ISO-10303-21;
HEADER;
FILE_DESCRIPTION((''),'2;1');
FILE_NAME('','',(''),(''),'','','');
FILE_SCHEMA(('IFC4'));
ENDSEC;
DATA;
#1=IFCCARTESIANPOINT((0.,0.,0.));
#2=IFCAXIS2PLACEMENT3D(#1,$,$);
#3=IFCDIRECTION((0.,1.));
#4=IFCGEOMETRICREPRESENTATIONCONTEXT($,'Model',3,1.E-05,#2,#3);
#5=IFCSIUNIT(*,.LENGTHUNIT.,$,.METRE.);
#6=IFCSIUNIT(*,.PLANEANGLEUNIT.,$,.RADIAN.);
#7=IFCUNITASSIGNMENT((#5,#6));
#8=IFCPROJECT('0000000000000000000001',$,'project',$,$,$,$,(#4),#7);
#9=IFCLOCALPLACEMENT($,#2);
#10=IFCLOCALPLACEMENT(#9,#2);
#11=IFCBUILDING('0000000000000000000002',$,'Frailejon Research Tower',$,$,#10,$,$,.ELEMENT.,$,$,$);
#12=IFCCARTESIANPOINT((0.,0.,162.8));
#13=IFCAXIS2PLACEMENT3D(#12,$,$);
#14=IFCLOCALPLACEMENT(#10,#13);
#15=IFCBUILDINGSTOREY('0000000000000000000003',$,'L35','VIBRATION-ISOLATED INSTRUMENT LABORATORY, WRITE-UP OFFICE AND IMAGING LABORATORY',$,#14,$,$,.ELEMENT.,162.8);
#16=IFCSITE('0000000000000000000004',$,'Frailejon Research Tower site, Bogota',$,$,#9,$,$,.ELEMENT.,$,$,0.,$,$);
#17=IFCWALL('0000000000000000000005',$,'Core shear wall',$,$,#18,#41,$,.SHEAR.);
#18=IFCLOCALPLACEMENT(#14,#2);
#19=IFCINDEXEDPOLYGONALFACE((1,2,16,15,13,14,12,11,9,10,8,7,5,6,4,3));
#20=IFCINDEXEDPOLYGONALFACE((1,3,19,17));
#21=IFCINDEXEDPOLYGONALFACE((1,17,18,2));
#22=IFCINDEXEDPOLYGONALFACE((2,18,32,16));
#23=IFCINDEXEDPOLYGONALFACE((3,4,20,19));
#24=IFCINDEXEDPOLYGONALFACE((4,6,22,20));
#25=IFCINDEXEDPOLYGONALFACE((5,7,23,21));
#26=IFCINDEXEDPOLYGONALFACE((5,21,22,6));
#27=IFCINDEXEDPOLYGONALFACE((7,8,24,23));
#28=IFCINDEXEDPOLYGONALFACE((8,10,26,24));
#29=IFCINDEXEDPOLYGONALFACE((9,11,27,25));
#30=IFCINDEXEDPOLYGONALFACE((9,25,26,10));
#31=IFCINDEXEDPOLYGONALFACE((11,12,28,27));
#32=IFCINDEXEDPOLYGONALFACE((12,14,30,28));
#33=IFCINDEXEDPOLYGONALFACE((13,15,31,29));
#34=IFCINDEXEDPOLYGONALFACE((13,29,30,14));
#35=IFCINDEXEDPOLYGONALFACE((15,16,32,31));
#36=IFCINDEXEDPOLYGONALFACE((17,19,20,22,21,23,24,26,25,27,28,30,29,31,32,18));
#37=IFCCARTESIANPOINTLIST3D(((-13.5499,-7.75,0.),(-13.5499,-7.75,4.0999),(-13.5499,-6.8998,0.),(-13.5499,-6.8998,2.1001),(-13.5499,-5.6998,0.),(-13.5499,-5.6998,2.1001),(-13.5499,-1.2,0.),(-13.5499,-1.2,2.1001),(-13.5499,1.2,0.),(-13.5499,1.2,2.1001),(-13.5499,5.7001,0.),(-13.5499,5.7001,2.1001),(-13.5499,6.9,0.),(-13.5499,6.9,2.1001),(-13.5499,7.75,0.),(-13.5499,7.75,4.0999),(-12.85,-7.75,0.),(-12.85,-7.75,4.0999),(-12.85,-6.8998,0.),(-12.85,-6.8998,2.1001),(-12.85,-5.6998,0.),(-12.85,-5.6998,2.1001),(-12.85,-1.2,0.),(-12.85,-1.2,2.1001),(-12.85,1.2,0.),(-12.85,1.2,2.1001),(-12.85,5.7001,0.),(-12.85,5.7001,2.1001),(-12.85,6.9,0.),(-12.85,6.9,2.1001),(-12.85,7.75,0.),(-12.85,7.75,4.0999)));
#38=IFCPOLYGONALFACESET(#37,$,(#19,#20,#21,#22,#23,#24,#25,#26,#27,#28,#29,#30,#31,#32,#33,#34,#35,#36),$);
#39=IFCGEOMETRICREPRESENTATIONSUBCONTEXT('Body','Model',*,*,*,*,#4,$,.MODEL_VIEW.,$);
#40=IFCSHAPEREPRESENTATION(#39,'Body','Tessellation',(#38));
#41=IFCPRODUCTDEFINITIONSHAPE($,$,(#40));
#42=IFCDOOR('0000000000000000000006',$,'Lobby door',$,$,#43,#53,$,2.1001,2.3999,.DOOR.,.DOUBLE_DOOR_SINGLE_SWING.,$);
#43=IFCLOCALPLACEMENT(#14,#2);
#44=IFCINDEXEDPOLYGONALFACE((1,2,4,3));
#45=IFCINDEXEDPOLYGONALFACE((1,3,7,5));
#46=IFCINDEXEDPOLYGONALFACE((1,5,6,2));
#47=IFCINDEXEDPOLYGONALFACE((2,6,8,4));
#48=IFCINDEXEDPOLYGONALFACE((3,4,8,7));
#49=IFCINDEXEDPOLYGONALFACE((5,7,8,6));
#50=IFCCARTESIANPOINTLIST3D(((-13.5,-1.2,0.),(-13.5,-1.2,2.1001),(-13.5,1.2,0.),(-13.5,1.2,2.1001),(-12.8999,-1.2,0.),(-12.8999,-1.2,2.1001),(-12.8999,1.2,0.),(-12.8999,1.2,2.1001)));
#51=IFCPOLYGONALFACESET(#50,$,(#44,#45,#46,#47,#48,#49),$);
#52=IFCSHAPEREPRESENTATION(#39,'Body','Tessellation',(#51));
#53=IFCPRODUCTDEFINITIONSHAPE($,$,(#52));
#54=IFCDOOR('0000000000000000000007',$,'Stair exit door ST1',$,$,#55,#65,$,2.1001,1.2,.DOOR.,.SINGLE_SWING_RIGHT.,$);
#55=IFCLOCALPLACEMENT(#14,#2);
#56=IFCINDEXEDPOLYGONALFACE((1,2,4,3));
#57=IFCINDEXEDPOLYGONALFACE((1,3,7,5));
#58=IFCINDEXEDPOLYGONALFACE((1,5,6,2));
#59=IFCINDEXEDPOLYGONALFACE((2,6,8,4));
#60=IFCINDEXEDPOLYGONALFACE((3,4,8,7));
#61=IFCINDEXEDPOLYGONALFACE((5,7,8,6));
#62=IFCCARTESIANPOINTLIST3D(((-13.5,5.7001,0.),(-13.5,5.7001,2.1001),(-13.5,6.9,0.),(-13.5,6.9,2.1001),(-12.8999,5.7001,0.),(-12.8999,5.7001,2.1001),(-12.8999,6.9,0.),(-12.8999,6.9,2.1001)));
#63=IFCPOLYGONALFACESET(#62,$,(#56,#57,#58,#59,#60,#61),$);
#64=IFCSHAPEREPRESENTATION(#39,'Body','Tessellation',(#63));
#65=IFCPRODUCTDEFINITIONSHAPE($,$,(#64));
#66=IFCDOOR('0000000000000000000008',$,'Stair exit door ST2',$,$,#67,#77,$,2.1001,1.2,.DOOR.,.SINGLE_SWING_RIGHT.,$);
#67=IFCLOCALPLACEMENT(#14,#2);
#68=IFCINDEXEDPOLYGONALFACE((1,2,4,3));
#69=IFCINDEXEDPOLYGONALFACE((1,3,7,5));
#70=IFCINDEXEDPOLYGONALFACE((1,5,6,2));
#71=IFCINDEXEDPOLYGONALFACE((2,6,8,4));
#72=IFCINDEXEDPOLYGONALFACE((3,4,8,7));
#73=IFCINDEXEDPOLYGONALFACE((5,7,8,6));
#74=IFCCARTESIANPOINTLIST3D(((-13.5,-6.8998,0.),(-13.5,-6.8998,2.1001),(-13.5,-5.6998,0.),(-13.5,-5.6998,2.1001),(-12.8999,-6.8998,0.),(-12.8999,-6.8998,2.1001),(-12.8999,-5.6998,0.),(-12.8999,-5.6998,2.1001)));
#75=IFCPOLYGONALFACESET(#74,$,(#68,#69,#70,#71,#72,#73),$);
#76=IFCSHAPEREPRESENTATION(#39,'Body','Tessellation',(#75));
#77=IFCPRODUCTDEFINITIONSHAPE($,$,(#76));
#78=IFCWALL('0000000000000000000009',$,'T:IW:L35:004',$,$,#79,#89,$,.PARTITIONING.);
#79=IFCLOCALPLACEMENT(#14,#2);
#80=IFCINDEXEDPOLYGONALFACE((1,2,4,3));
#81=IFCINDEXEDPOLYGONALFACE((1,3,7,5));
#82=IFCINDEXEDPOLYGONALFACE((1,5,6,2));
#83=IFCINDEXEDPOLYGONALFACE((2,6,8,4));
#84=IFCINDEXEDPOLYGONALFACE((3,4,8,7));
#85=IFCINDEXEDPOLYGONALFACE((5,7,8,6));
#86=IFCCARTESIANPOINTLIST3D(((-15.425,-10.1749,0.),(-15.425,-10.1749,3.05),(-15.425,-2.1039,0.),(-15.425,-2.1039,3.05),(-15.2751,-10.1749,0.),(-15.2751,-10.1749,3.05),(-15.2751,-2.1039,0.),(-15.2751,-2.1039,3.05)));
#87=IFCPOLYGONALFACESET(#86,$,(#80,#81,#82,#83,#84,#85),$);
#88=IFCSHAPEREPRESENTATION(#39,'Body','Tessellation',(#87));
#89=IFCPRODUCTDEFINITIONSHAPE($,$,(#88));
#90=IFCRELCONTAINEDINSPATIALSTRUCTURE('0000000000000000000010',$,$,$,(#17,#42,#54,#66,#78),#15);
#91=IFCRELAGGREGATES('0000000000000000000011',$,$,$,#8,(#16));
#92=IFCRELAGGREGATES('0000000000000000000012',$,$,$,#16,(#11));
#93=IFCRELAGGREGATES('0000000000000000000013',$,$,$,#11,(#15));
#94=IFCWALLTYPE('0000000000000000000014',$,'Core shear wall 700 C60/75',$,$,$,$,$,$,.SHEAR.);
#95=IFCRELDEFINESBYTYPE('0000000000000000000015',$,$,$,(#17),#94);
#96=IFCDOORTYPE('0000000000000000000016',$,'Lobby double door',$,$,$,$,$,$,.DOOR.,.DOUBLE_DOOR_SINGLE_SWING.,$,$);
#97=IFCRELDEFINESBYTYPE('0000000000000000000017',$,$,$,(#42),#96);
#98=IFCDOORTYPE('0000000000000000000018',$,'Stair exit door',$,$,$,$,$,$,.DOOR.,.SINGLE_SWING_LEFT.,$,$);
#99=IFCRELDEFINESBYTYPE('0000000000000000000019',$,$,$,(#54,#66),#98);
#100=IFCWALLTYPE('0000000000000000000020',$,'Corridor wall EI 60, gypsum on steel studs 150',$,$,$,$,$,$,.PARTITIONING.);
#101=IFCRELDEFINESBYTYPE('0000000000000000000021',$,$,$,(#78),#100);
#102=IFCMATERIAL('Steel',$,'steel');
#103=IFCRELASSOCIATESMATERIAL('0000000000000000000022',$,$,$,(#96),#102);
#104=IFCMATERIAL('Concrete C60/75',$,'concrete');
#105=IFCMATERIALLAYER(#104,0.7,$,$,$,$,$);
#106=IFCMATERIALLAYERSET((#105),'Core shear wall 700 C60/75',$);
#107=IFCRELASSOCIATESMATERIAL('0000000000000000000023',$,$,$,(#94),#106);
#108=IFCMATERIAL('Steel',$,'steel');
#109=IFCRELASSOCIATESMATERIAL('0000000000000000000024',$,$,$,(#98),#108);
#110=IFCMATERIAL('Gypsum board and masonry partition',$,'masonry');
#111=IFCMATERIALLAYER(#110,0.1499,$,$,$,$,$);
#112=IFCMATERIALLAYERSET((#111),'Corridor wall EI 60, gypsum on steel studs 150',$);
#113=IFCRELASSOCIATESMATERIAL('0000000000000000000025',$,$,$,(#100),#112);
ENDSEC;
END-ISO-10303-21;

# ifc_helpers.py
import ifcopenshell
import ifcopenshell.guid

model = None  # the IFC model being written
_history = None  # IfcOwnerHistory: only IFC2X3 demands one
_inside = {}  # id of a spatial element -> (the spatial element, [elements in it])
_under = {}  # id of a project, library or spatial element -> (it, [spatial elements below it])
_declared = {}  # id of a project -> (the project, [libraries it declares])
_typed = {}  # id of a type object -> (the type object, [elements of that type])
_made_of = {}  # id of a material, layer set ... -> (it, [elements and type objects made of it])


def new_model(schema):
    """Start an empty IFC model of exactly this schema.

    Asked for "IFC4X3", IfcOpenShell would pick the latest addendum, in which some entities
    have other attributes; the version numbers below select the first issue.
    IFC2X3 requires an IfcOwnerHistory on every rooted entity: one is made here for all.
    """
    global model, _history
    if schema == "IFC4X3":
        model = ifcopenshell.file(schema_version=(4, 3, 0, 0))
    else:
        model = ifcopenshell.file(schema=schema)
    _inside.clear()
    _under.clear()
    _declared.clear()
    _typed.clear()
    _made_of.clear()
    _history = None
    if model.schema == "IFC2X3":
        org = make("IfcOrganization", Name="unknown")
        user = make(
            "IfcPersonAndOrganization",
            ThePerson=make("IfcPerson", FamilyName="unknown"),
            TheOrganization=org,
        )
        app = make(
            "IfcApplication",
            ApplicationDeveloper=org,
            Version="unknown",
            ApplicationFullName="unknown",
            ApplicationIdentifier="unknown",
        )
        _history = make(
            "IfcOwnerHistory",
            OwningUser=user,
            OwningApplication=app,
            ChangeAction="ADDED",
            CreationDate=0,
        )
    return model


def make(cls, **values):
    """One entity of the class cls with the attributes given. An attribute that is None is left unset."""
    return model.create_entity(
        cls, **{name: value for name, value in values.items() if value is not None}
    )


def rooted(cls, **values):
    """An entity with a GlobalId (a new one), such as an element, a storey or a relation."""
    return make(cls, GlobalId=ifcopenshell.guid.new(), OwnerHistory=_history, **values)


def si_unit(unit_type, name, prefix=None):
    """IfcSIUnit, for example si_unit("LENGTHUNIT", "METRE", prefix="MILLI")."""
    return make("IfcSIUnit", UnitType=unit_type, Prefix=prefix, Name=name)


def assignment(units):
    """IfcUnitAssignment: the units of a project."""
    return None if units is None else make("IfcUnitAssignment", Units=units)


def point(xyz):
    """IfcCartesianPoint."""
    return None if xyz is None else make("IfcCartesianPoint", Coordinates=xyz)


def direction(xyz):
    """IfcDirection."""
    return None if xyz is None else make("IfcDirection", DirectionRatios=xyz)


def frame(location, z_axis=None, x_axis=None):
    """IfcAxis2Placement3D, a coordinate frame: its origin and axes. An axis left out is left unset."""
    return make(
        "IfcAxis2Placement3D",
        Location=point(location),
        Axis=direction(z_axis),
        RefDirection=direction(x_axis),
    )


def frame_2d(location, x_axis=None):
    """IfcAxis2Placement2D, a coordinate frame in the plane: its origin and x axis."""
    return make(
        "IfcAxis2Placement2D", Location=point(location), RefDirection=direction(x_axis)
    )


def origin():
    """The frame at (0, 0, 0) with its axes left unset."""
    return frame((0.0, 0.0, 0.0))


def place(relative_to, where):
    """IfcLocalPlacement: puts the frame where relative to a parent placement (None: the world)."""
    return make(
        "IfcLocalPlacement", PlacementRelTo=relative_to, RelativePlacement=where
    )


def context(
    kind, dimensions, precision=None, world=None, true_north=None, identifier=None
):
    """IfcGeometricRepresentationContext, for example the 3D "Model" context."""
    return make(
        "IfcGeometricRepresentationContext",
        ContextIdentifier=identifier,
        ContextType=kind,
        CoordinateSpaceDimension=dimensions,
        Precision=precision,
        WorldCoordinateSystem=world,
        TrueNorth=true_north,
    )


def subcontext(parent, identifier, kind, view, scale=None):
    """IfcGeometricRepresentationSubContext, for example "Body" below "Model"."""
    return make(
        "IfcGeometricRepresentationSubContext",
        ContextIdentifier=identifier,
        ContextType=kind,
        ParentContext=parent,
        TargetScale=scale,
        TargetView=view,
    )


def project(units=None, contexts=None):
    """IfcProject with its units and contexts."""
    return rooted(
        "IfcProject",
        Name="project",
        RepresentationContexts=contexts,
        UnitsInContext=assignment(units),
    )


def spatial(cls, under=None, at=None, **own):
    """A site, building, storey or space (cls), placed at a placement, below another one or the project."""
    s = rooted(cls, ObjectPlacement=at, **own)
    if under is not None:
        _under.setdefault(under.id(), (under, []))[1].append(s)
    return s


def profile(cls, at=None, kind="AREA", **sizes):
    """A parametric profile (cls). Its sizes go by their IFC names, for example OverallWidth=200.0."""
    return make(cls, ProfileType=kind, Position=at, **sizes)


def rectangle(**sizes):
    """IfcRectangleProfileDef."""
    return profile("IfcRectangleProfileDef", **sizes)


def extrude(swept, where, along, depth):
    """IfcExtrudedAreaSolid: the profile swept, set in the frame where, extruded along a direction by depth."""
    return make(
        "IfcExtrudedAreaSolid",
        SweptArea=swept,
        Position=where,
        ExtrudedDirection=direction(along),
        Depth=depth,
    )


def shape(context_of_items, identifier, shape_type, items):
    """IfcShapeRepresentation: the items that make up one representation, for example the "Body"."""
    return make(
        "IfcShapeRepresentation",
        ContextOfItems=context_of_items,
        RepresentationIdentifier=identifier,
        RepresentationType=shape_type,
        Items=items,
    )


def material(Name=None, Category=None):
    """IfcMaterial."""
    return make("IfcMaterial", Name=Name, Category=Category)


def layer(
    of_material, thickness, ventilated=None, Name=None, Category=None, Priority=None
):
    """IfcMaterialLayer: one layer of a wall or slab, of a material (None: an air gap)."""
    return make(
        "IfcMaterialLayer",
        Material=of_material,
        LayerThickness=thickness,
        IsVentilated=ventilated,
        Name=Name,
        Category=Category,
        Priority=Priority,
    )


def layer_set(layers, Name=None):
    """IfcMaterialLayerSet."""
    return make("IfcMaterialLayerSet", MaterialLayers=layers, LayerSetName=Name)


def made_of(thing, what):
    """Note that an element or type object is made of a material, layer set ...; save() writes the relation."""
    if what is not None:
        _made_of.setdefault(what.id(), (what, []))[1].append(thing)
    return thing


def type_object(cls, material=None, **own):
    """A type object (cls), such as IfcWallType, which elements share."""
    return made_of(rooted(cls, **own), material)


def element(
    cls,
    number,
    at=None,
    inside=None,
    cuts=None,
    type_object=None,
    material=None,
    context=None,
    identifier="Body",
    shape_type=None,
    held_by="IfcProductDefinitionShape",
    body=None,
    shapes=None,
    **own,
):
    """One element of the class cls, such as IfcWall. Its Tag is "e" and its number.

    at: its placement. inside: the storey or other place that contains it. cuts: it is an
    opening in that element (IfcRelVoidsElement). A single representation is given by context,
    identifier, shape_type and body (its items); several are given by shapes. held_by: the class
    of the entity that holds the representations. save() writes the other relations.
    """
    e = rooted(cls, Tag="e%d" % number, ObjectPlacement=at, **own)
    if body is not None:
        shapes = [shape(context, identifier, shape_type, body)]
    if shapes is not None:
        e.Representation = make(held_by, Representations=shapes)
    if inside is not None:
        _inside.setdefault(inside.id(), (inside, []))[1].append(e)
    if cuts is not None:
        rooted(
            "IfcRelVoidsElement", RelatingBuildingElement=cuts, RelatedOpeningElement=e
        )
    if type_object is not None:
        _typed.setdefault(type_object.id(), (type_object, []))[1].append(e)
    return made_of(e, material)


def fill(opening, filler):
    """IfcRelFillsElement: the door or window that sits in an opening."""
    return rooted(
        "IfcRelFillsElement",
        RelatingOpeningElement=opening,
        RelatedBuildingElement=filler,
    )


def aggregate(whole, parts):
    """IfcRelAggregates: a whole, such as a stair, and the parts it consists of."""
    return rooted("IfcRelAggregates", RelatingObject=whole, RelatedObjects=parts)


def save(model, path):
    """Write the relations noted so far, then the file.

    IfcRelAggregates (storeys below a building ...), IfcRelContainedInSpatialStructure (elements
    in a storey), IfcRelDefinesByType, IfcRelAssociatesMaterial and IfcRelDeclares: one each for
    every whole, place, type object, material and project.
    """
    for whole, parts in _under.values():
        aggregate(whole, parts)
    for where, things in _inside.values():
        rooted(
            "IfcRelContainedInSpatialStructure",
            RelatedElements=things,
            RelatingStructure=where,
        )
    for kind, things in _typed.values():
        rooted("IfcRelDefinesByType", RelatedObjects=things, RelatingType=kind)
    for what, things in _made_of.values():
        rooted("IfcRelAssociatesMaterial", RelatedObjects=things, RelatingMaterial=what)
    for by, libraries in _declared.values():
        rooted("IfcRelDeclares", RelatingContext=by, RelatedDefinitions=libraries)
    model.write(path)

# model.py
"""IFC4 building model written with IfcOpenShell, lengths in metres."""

from ifc_helpers import new_model, si_unit, direction, frame, frame_2d, origin, place, context, subcontext, project, spatial, rectangle, extrude, material, layer, layer_set, type_object, element, fill, save


model = new_model("IFC4")

# Units and contexts
model_context = context("Model", 3, precision=1e-05, world=origin(), true_north=direction((0.0, 1.0)))
body_context = subcontext(model_context, "Body", "Model", "MODEL_VIEW")
ifc_project = project(units=[si_unit("LENGTHUNIT", "METRE"), si_unit("PLANEANGLEUNIT", "RADIAN")], contexts=[model_context])

# Site, building, storey
site_placement = place(None, origin())
site = spatial("IfcSite", under=ifc_project, at=site_placement, Name="Frailejon Research Tower site, Bogota", CompositionType="ELEMENT", RefElevation=0.0)
building_placement = place(site_placement, origin())
building = spatial("IfcBuilding", under=site, at=building_placement, Name="Frailejon Research Tower", CompositionType="ELEMENT")
storey_placement = place(building_placement, frame((0.0, 0.0, 162.8)))
storey = spatial("IfcBuildingStorey", under=building, at=storey_placement, Name="L35", Description="VIBRATION-ISOLATED INSTRUMENT LABORATORY, WRITE-UP OFFICE AND IMAGING LABORATORY", CompositionType="ELEMENT", Elevation=162.8)

# Shared definitions
ifc_material_1 = material(Name="Steel", Category="steel")
door_type_1 = type_object("IfcDoorType", Name="Lobby double door", OperationType="DOUBLE_DOOR_SINGLE_SWING", PredefinedType="DOOR", material=ifc_material_1)

# Shared definitions
ifc_material_2 = material(Name="Concrete C60/75", Category="concrete")
ifc_layer_1 = layer(ifc_material_2, 0.7)
ifc_layer_set_1 = layer_set([ifc_layer_1], Name="Core shear wall 700 C60/75")
wall_type_1 = type_object("IfcWallType", Name="Core shear wall 700 C60/75", PredefinedType="SHEAR", material=ifc_layer_set_1)

# Wall, openings, doors
wall_1_placement = place(storey_placement, frame((-13.2, -7.75, 0.0), z_axis=(0.0, 0.0, 1.0), x_axis=(0.0, 1.0, 0.0)))
wall_1 = element("IfcWall", 1, at=wall_1_placement, inside=storey, type_object=wall_type_1, Name="Core shear wall", PredefinedType="SHEAR", context=body_context, shape_type="SweptSolid", body=[
    extrude(rectangle(XDim=15.5, YDim=0.7, at=frame_2d((7.75, 0.0))), origin(), (0.0, 0.0, 1.0), 4.0999),
])
opening_1_placement = place(wall_1_placement, frame((6.55, 0.0, 0.0)))
opening_1 = element("IfcOpeningElement", 2, at=opening_1_placement, cuts=wall_1, PredefinedType="OPENING", context=body_context, shape_type="SweptSolid", body=[
    extrude(rectangle(XDim=2.3999, YDim=2.1001, at=frame_2d((1.2, 1.05))), frame((0.0, 0.3599, 0.0), z_axis=(0.0, -1.0, 0.0), x_axis=(1.0, 0.0, 0.0)), (0.0, 0.0, 1.0), 0.72),
])
opening_2_placement = place(wall_1_placement, frame((13.45, 0.0, 0.0)))
opening_2 = element("IfcOpeningElement", 3, at=opening_2_placement, cuts=wall_1, PredefinedType="OPENING", context=body_context, shape_type="SweptSolid", body=[
    extrude(rectangle(XDim=1.2, YDim=2.1001, at=frame_2d((0.6001, 1.05))), frame((0.0, 0.3599, 0.0), z_axis=(0.0, -1.0, 0.0), x_axis=(1.0, 0.0, 0.0)), (0.0, 0.0, 1.0), 0.72),
])
opening_3_placement = place(wall_1_placement, frame((0.8501, 0.0, 0.0)))
opening_3 = element("IfcOpeningElement", 4, at=opening_3_placement, cuts=wall_1, PredefinedType="OPENING", context=body_context, shape_type="SweptSolid", body=[
    extrude(rectangle(XDim=1.2, YDim=2.1001, at=frame_2d((0.6001, 1.05))), frame((0.0, 0.3599, 0.0), z_axis=(0.0, -1.0, 0.0), x_axis=(1.0, 0.0, 0.0)), (0.0, 0.0, 1.0), 0.72),
])
door_1_placement = place(opening_1_placement, origin())
door_1 = element("IfcDoor", 5, at=door_1_placement, inside=storey, type_object=door_type_1, Name="Lobby door", OperationType="DOUBLE_DOOR_SINGLE_SWING", OverallHeight=2.1001, OverallWidth=2.3999, PredefinedType="DOOR", context=body_context, shape_type="SweptSolid", body=[
    extrude(rectangle(XDim=2.3999, YDim=2.1001, at=frame_2d((1.2, 1.05))), frame((0.0, 0.3, 0.0), z_axis=(0.0, -1.0, 0.0), x_axis=(1.0, 0.0, 0.0)), (0.0, 0.0, 1.0), 0.6001),
])
fill(opening_1, door_1)
ifc_material_3 = material(Name="Steel", Category="steel")
door_type_2 = type_object("IfcDoorType", Name="Stair exit door", OperationType="SINGLE_SWING_LEFT", PredefinedType="DOOR", material=ifc_material_3)
door_2_placement = place(opening_2_placement, origin())
door_2 = element("IfcDoor", 6, at=door_2_placement, inside=storey, type_object=door_type_2, Name="Stair exit door ST1", OperationType="SINGLE_SWING_RIGHT", OverallHeight=2.1001, OverallWidth=1.2, PredefinedType="DOOR", context=body_context, shape_type="SweptSolid", body=[
    extrude(rectangle(XDim=1.2, YDim=2.1001, at=frame_2d((0.6001, 1.05))), frame((0.0, 0.3, 0.0), z_axis=(0.0, -1.0, 0.0), x_axis=(1.0, 0.0, 0.0)), (0.0, 0.0, 1.0), 0.6001),
])
fill(opening_2, door_2)
door_3_placement = place(opening_3_placement, origin())
door_3 = element("IfcDoor", 7, at=door_3_placement, inside=storey, type_object=door_type_2, Name="Stair exit door ST2", OperationType="SINGLE_SWING_RIGHT", OverallHeight=2.1001, OverallWidth=1.2, PredefinedType="DOOR", context=body_context, shape_type="SweptSolid", body=[
    extrude(rectangle(XDim=1.2, YDim=2.1001, at=frame_2d((0.6001, 1.05))), frame((0.0, 0.3, 0.0), z_axis=(0.0, -1.0, 0.0), x_axis=(1.0, 0.0, 0.0)), (0.0, 0.0, 1.0), 0.6001),
])
fill(opening_3, door_3)

# Wall
ifc_material_4 = material(Name="Gypsum board and masonry partition", Category="masonry")
ifc_layer_2 = layer(ifc_material_4, 0.1499)
ifc_layer_set_2 = layer_set([ifc_layer_2], Name="Corridor wall EI 60, gypsum on steel studs 150")
wall_type_2 = type_object("IfcWallType", Name="Corridor wall EI 60, gypsum on steel studs 150", PredefinedType="PARTITIONING", material=ifc_layer_set_2)
wall_2_placement = place(storey_placement, frame((-15.3501, -10.175, 0.0), z_axis=(0.0, 0.0, 1.0), x_axis=(0.0, 1.0, 0.0)))
element("IfcWall", 8, at=wall_2_placement, inside=storey, type_object=wall_type_2, Name="T:IW:L35:004", PredefinedType="PARTITIONING", context=body_context, shape_type="SweptSolid", body=[
    extrude(rectangle(XDim=8.071, YDim=0.1499, at=frame_2d((4.0356, 0.0))), origin(), (0.0, 0.0, 1.0), 3.05),
])

save(model, "model.ifc")
